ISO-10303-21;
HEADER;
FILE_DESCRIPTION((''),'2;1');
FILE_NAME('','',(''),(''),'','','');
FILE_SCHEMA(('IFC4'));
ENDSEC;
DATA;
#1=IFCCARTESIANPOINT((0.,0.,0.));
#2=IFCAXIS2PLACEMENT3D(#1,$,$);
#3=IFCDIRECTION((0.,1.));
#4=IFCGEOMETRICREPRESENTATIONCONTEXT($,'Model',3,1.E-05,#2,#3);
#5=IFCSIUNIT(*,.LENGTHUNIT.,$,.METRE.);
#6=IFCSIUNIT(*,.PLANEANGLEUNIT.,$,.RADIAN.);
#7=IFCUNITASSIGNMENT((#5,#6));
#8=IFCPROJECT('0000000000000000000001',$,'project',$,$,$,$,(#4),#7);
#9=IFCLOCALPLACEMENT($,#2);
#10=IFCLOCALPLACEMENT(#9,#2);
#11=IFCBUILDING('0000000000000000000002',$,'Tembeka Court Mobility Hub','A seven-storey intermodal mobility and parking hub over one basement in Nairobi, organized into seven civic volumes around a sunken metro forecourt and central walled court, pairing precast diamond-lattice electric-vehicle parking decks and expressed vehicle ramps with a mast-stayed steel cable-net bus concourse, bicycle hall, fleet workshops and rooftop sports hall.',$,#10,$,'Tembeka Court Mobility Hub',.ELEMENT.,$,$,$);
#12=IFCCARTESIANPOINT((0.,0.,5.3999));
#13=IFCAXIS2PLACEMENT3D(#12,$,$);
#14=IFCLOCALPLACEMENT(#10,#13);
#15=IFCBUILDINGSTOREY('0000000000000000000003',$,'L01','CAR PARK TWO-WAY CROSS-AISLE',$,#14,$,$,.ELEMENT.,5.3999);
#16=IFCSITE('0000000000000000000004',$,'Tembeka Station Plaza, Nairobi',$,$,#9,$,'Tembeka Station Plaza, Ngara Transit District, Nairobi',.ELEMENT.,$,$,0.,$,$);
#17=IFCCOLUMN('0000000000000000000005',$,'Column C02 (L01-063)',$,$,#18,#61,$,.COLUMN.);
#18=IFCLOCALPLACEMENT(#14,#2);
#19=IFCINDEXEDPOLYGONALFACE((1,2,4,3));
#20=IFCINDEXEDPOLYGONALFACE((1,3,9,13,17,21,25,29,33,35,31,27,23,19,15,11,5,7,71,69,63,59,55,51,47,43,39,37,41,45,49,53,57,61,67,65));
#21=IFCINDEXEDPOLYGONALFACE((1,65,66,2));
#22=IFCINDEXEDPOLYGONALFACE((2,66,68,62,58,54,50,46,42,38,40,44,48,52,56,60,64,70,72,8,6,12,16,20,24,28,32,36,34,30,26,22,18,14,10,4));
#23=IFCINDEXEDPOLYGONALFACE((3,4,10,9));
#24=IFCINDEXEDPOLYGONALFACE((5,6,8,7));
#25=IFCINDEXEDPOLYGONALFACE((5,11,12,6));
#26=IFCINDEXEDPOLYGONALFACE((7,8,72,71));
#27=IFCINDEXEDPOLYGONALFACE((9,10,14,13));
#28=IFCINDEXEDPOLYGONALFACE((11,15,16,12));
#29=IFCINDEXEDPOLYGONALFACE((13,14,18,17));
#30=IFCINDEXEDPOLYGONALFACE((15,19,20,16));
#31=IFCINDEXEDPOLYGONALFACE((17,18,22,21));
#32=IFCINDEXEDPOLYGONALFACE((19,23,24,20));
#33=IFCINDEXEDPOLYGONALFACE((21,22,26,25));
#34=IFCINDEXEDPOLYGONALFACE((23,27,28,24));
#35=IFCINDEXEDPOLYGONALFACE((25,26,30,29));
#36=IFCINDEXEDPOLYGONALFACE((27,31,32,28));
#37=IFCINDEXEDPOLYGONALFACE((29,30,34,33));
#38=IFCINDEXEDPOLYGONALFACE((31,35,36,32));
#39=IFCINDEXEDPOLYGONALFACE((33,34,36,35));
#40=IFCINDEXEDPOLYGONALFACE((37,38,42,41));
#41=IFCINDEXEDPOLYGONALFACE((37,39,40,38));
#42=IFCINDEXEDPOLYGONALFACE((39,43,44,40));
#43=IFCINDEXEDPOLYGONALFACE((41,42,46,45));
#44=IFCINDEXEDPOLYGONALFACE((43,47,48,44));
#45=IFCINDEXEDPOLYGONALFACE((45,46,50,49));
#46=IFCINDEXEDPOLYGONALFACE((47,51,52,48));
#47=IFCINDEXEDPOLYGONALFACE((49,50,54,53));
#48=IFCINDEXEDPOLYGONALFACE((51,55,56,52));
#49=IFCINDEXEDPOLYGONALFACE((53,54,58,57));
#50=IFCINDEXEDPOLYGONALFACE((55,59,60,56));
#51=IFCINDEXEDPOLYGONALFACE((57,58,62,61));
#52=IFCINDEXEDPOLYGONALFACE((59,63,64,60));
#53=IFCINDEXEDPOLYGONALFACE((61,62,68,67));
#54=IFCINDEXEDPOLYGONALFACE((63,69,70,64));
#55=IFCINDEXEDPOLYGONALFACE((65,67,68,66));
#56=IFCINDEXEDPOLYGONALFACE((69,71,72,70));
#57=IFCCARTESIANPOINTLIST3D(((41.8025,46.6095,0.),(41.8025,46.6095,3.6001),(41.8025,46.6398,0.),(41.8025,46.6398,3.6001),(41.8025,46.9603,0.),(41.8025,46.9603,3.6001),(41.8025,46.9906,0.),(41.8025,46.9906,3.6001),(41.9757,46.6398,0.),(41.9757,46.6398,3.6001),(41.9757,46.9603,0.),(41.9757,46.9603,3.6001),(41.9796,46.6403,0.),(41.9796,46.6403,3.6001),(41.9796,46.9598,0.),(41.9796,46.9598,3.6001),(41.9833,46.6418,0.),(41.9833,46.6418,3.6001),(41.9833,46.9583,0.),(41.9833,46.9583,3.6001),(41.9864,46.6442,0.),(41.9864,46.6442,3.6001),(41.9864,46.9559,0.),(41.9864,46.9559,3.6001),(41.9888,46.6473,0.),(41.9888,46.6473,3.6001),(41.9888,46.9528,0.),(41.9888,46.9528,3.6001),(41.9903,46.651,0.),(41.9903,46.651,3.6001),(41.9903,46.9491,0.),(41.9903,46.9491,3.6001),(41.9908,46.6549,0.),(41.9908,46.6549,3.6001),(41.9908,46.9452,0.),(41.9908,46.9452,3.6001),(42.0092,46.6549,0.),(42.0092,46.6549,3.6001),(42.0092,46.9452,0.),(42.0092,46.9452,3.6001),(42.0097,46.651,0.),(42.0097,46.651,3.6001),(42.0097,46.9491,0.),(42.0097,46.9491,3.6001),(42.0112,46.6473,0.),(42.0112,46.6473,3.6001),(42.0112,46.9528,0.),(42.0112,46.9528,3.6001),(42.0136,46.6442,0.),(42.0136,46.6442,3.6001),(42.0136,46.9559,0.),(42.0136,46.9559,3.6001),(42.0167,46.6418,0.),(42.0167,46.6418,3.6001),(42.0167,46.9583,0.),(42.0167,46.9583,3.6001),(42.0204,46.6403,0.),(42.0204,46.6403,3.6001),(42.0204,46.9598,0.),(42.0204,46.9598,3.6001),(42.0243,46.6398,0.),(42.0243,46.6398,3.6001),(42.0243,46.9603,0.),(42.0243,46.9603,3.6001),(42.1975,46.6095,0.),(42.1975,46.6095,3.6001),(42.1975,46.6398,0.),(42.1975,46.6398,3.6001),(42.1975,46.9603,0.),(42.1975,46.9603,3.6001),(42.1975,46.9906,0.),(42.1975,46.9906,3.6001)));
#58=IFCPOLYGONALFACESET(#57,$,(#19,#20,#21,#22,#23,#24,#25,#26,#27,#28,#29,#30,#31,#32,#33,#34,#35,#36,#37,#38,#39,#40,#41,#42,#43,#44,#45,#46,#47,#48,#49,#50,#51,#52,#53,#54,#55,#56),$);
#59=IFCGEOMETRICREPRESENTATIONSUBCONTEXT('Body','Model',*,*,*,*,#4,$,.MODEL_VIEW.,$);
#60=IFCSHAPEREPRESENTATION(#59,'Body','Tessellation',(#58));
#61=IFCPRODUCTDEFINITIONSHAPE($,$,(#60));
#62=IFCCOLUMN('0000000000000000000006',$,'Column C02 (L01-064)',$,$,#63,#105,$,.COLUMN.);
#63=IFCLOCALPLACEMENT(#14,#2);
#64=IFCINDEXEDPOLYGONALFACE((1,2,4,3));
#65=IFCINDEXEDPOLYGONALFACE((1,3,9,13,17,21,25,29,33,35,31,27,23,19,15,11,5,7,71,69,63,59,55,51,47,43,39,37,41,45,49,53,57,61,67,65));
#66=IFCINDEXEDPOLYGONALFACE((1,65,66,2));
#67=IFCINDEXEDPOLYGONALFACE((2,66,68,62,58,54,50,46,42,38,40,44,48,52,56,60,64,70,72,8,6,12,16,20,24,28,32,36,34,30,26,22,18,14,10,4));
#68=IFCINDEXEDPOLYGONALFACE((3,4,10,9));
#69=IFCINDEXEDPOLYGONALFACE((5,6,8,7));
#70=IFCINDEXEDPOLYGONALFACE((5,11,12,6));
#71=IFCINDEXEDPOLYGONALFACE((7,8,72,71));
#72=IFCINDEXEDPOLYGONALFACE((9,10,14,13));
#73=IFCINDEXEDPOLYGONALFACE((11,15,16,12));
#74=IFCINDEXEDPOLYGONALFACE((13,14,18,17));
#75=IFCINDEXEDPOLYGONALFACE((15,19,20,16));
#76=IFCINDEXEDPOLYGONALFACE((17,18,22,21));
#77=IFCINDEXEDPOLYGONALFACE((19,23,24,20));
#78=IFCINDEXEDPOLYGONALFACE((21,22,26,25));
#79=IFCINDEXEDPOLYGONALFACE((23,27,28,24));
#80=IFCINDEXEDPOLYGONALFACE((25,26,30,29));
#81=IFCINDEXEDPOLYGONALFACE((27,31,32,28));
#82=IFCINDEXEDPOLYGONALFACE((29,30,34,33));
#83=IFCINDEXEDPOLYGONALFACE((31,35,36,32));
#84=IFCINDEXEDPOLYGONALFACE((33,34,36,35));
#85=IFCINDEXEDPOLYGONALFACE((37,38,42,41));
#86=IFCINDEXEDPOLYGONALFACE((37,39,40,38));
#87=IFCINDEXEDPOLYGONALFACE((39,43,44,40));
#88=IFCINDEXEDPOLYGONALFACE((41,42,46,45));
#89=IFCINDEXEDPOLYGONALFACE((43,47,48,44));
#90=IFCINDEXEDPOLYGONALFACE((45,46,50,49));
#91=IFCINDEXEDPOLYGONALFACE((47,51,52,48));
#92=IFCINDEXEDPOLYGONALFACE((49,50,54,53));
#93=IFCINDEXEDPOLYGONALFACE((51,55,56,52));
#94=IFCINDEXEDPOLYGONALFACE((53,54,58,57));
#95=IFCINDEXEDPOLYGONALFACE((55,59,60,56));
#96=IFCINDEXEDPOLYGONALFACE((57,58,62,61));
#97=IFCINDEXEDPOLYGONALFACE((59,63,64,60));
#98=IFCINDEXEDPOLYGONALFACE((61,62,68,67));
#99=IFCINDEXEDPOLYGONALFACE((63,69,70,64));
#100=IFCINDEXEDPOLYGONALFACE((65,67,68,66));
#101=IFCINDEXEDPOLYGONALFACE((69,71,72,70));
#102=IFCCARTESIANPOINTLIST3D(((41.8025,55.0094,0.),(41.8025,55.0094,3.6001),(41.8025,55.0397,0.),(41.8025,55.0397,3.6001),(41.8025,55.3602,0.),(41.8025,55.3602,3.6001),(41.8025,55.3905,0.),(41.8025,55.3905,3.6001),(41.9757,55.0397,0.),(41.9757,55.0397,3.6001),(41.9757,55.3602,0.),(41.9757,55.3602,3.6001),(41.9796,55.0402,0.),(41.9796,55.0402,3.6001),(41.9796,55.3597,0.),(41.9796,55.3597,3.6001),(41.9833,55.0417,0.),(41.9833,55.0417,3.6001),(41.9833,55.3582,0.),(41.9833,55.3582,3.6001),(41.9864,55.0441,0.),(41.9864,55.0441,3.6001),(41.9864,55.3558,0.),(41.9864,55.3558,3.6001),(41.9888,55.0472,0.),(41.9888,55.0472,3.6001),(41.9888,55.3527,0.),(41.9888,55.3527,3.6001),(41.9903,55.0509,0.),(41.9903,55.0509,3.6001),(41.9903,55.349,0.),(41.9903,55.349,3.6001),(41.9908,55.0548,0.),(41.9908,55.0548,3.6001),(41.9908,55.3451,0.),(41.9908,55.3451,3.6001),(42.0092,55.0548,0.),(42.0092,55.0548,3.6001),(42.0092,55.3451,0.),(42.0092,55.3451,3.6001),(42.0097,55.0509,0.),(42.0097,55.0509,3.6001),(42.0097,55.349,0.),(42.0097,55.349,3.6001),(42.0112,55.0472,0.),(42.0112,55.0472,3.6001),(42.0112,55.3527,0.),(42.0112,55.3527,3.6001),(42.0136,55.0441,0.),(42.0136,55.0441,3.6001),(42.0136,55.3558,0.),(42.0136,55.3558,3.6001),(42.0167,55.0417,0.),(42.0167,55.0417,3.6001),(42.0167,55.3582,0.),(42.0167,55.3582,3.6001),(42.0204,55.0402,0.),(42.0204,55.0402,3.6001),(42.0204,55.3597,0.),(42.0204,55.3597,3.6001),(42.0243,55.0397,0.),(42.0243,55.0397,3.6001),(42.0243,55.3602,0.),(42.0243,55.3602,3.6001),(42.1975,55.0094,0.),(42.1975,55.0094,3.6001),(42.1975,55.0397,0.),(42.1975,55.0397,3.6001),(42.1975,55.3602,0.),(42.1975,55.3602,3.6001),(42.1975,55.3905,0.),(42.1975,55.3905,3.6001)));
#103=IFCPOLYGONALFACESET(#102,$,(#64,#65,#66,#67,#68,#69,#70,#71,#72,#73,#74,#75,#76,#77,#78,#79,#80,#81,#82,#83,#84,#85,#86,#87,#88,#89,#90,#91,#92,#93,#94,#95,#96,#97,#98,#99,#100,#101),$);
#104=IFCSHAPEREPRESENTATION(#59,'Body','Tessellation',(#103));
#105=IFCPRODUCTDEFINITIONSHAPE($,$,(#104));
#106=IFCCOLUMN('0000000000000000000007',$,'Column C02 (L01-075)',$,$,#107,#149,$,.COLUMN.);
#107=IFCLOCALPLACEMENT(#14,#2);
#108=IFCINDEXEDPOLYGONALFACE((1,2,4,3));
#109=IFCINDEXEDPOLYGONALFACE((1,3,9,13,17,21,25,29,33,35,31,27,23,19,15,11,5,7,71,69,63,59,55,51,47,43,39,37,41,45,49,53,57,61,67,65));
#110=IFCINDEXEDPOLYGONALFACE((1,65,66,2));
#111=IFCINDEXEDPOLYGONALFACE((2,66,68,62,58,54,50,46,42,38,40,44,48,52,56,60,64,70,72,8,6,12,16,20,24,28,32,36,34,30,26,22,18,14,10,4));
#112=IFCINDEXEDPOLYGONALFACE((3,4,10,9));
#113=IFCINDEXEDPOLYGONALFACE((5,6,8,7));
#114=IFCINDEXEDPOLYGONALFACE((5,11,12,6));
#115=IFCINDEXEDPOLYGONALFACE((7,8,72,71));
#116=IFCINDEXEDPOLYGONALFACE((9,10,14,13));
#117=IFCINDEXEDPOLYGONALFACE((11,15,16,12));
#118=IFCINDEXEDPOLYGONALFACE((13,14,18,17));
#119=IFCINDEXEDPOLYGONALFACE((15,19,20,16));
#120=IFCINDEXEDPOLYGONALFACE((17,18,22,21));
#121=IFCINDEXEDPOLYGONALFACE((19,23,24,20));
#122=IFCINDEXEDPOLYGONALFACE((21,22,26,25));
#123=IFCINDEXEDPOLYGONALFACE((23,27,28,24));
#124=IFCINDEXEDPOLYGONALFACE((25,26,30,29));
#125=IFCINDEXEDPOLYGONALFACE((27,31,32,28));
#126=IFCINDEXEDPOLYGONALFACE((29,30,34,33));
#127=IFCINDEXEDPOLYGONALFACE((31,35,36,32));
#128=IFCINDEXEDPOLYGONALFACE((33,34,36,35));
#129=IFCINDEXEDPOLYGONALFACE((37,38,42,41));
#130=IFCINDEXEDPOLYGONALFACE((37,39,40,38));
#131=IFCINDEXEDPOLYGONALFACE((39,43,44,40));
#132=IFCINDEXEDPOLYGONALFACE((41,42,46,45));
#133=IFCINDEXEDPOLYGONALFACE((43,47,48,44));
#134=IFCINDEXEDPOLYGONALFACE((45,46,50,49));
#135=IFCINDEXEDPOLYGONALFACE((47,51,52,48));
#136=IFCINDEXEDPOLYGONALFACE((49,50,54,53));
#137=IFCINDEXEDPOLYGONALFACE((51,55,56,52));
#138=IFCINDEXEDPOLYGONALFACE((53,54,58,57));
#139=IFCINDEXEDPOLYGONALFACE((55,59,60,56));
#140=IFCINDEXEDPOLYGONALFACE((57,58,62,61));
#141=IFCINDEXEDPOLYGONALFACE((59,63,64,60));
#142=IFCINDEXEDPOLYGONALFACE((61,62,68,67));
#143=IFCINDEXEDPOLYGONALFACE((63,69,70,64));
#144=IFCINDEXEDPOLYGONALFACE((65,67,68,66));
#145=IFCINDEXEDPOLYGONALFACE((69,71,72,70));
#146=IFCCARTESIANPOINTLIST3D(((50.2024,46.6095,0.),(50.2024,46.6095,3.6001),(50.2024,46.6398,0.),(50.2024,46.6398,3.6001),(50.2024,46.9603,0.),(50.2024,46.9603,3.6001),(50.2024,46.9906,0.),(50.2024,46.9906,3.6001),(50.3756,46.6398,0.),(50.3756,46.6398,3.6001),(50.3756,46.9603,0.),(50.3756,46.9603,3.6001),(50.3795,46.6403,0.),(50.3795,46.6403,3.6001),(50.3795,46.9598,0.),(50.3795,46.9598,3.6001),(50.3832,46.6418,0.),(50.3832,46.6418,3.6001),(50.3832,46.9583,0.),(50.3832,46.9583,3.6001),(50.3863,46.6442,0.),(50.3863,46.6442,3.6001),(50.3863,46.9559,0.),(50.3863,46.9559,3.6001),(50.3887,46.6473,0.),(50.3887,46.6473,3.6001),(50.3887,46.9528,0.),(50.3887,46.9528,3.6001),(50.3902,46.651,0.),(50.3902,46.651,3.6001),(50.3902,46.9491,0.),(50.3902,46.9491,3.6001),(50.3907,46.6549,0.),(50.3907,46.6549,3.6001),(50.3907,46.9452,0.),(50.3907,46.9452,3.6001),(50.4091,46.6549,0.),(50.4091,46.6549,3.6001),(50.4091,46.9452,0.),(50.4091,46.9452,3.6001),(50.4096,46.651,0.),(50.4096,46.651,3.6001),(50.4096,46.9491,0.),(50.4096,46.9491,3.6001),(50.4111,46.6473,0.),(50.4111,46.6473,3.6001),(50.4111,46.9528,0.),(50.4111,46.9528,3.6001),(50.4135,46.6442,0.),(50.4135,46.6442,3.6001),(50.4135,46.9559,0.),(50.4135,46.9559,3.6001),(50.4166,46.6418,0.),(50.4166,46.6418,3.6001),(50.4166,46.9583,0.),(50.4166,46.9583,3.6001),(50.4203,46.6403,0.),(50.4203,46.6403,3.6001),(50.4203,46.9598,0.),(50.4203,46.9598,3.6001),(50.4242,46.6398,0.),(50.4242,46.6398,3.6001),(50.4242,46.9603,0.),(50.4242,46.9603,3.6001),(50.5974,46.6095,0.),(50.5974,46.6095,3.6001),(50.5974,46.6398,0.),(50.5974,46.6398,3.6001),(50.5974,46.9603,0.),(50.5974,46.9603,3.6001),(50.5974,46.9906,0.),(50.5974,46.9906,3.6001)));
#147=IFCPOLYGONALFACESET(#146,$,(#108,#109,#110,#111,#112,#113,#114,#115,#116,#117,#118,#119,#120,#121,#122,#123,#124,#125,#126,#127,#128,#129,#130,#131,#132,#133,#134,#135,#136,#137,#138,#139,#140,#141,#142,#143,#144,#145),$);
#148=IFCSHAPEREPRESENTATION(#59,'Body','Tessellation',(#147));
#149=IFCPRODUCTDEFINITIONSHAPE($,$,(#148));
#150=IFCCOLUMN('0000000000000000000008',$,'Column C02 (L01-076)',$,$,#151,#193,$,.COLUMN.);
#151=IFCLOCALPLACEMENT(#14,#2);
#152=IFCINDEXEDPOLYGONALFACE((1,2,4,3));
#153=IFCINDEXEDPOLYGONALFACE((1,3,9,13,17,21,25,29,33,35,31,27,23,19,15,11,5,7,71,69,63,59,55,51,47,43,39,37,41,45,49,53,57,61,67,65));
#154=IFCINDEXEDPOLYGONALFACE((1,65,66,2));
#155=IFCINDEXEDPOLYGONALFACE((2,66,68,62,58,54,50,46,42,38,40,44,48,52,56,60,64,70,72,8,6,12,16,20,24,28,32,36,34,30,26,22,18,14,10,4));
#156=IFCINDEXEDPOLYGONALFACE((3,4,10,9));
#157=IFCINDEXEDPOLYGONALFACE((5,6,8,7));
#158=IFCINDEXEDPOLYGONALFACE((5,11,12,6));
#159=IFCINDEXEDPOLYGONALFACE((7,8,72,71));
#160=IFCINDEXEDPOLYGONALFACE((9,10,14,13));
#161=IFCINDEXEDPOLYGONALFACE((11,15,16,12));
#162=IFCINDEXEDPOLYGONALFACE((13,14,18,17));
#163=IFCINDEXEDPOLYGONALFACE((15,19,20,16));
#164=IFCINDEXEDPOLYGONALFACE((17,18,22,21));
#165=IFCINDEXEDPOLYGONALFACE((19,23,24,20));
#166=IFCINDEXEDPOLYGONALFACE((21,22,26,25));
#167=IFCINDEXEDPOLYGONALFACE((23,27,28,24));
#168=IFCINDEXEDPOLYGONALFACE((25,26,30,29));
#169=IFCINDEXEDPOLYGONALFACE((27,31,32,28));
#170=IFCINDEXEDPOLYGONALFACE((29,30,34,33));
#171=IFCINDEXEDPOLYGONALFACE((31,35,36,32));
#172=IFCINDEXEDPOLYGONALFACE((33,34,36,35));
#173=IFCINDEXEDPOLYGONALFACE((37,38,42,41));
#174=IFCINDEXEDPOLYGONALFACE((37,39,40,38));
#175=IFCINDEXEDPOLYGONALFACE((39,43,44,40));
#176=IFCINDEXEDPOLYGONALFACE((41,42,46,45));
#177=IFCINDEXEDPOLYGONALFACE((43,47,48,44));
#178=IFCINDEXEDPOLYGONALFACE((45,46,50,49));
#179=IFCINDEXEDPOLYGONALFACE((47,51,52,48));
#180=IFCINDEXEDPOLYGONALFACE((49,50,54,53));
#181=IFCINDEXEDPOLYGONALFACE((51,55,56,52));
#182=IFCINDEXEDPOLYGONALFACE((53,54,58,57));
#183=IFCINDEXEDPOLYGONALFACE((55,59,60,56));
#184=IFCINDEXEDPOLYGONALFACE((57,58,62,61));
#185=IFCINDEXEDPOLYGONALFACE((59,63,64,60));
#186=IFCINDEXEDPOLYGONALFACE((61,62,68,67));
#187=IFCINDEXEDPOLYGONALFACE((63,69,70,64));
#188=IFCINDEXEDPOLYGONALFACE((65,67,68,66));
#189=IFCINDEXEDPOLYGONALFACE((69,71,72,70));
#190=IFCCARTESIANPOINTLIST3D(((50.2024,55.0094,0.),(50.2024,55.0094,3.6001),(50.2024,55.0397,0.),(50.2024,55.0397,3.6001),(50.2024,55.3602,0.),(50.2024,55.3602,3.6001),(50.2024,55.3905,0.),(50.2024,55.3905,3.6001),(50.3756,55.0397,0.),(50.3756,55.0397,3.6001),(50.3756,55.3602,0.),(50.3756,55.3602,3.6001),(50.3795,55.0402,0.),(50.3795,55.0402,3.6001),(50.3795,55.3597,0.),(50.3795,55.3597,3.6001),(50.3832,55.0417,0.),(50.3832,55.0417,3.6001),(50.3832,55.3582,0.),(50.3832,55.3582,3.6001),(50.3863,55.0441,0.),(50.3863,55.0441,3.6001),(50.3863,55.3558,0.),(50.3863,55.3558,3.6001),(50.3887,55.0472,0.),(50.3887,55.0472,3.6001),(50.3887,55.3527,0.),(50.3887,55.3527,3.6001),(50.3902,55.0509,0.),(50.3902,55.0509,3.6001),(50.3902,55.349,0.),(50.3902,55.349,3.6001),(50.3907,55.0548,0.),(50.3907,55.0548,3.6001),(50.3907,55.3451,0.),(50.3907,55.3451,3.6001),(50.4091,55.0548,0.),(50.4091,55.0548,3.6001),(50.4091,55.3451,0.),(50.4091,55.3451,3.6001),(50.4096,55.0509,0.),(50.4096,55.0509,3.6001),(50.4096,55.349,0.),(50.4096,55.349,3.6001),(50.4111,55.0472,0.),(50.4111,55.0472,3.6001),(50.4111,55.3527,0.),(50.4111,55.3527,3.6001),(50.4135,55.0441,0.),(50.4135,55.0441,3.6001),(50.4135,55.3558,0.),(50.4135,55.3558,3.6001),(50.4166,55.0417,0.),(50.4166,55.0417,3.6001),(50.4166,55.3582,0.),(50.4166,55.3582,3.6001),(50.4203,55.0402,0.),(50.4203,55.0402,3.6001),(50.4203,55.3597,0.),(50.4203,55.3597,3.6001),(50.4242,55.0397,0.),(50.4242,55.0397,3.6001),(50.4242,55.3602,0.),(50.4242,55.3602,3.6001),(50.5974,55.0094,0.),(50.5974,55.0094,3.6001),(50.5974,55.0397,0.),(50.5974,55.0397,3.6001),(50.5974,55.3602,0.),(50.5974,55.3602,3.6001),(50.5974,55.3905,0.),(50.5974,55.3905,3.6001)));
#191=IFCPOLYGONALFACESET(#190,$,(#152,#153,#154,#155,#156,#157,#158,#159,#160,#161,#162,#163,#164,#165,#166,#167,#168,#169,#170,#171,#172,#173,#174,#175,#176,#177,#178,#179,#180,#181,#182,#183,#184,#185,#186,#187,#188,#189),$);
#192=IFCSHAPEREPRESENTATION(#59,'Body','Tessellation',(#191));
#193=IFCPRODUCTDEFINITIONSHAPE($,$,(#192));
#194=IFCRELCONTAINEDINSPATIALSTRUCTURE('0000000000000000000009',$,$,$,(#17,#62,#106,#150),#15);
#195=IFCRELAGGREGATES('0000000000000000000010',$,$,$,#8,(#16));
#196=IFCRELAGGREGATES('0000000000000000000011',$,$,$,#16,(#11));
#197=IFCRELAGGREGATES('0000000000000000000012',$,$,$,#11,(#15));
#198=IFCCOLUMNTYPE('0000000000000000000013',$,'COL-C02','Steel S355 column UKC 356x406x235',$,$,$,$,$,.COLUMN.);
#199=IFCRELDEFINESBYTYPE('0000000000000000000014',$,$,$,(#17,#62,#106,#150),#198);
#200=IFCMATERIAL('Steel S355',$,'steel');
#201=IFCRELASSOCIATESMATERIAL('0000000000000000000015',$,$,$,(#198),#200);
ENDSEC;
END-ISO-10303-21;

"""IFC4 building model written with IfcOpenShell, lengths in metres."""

from ifc_helpers import new_model, si_unit, direction, frame, origin, origin_2d, place, context, subcontext, project, spatial, i_section, extrude, material, material_profile, profile_set, type_object, element, save


model = new_model("IFC4")

# Units and contexts
model_context = context("Model", 3, precision=1e-05, world=origin(), true_north=direction((0.0, 1.0)))
body_context = subcontext(model_context, "Body", "Model", "MODEL_VIEW")
ifc_project = project(units=[si_unit("LENGTHUNIT", "METRE"), si_unit("PLANEANGLEUNIT", "RADIAN")], contexts=[model_context])

# Site, building, storey
site_placement = place(None, origin())
site = spatial("IfcSite", under=ifc_project, at=site_placement, Name="Tembeka Station Plaza, Nairobi", LongName="Tembeka Station Plaza, Ngara Transit District, Nairobi", CompositionType="ELEMENT", RefElevation=0.0)
building_placement = place(site_placement, origin())
building = spatial("IfcBuilding", under=site, at=building_placement, Name="Tembeka Court Mobility Hub", Description="A seven-storey intermodal mobility and parking hub over one basement in Nairobi, organized into seven civic volumes around a sunken metro forecourt and central walled court, pairing precast diamond-lattice electric-vehicle parking decks and expressed vehicle ramps with a mast-stayed steel cable-net bus concourse, bicycle hall, fleet workshops and rooftop sports hall.", LongName="Tembeka Court Mobility Hub", CompositionType="ELEMENT")
storey_placement = place(building_placement, frame((0.0, 0.0, 5.3999)))
storey = spatial("IfcBuildingStorey", under=building, at=storey_placement, Name="L01", Description="CAR PARK TWO-WAY CROSS-AISLE", CompositionType="ELEMENT", Elevation=5.3999)

# Columns
ifc_material_1 = material(Name="Steel S355", Category="steel")
ifc_material_profile_1 = material_profile(ifc_material_1, i_section(OverallWidth=0.395, OverallDepth=0.3811, WebThickness=0.0183, FlangeThickness=0.0303, FilletRadius=0.0151, at=origin_2d()), Name="UKC 356x406x235")
ifc_profile_set_1 = profile_set([ifc_material_profile_1], Name="Steel S355")
column_type = type_object("IfcColumnType", Name="COL-C02", Description="Steel S355 column UKC 356x406x235", PredefinedType="COLUMN", material=ifc_profile_set_1)
for number, where, z_axis, x_axis, name in (
    (1, (42.0, 46.8, 0.0), (0.0, 0.0, 1.0), (1.0, 0.0, 0.0), "Column C02 (L01-063)"),
    (2, (42.0, 55.2, 0.0), (0.0, 0.0, 1.0), (1.0, 0.0, 0.0), "Column C02 (L01-064)"),
    (3, (50.3999, 46.8, 0.0), (0.0, 0.0, 1.0), (1.0, 0.0, 0.0), "Column C02 (L01-075)"),
    (4, (50.3999, 55.2, 0.0), (0.0, 0.0, 1.0), (1.0, 0.0, 0.0), "Column C02 (L01-076)"),
):
    element("IfcColumn", number, at=place(storey_placement, frame(where, z_axis=z_axis, x_axis=x_axis)), inside=storey, type_object=column_type, Name=name, PredefinedType="COLUMN", context=body_context, shape_type="SweptSolid", body=[
        extrude(i_section(OverallWidth=0.395, OverallDepth=0.3811, WebThickness=0.0183, FlangeThickness=0.0303, FilletRadius=0.0151, at=origin_2d()), origin(), (0.0, 0.0, 1.0), 3.6001),
    ])

save(model, "model.ifc")
